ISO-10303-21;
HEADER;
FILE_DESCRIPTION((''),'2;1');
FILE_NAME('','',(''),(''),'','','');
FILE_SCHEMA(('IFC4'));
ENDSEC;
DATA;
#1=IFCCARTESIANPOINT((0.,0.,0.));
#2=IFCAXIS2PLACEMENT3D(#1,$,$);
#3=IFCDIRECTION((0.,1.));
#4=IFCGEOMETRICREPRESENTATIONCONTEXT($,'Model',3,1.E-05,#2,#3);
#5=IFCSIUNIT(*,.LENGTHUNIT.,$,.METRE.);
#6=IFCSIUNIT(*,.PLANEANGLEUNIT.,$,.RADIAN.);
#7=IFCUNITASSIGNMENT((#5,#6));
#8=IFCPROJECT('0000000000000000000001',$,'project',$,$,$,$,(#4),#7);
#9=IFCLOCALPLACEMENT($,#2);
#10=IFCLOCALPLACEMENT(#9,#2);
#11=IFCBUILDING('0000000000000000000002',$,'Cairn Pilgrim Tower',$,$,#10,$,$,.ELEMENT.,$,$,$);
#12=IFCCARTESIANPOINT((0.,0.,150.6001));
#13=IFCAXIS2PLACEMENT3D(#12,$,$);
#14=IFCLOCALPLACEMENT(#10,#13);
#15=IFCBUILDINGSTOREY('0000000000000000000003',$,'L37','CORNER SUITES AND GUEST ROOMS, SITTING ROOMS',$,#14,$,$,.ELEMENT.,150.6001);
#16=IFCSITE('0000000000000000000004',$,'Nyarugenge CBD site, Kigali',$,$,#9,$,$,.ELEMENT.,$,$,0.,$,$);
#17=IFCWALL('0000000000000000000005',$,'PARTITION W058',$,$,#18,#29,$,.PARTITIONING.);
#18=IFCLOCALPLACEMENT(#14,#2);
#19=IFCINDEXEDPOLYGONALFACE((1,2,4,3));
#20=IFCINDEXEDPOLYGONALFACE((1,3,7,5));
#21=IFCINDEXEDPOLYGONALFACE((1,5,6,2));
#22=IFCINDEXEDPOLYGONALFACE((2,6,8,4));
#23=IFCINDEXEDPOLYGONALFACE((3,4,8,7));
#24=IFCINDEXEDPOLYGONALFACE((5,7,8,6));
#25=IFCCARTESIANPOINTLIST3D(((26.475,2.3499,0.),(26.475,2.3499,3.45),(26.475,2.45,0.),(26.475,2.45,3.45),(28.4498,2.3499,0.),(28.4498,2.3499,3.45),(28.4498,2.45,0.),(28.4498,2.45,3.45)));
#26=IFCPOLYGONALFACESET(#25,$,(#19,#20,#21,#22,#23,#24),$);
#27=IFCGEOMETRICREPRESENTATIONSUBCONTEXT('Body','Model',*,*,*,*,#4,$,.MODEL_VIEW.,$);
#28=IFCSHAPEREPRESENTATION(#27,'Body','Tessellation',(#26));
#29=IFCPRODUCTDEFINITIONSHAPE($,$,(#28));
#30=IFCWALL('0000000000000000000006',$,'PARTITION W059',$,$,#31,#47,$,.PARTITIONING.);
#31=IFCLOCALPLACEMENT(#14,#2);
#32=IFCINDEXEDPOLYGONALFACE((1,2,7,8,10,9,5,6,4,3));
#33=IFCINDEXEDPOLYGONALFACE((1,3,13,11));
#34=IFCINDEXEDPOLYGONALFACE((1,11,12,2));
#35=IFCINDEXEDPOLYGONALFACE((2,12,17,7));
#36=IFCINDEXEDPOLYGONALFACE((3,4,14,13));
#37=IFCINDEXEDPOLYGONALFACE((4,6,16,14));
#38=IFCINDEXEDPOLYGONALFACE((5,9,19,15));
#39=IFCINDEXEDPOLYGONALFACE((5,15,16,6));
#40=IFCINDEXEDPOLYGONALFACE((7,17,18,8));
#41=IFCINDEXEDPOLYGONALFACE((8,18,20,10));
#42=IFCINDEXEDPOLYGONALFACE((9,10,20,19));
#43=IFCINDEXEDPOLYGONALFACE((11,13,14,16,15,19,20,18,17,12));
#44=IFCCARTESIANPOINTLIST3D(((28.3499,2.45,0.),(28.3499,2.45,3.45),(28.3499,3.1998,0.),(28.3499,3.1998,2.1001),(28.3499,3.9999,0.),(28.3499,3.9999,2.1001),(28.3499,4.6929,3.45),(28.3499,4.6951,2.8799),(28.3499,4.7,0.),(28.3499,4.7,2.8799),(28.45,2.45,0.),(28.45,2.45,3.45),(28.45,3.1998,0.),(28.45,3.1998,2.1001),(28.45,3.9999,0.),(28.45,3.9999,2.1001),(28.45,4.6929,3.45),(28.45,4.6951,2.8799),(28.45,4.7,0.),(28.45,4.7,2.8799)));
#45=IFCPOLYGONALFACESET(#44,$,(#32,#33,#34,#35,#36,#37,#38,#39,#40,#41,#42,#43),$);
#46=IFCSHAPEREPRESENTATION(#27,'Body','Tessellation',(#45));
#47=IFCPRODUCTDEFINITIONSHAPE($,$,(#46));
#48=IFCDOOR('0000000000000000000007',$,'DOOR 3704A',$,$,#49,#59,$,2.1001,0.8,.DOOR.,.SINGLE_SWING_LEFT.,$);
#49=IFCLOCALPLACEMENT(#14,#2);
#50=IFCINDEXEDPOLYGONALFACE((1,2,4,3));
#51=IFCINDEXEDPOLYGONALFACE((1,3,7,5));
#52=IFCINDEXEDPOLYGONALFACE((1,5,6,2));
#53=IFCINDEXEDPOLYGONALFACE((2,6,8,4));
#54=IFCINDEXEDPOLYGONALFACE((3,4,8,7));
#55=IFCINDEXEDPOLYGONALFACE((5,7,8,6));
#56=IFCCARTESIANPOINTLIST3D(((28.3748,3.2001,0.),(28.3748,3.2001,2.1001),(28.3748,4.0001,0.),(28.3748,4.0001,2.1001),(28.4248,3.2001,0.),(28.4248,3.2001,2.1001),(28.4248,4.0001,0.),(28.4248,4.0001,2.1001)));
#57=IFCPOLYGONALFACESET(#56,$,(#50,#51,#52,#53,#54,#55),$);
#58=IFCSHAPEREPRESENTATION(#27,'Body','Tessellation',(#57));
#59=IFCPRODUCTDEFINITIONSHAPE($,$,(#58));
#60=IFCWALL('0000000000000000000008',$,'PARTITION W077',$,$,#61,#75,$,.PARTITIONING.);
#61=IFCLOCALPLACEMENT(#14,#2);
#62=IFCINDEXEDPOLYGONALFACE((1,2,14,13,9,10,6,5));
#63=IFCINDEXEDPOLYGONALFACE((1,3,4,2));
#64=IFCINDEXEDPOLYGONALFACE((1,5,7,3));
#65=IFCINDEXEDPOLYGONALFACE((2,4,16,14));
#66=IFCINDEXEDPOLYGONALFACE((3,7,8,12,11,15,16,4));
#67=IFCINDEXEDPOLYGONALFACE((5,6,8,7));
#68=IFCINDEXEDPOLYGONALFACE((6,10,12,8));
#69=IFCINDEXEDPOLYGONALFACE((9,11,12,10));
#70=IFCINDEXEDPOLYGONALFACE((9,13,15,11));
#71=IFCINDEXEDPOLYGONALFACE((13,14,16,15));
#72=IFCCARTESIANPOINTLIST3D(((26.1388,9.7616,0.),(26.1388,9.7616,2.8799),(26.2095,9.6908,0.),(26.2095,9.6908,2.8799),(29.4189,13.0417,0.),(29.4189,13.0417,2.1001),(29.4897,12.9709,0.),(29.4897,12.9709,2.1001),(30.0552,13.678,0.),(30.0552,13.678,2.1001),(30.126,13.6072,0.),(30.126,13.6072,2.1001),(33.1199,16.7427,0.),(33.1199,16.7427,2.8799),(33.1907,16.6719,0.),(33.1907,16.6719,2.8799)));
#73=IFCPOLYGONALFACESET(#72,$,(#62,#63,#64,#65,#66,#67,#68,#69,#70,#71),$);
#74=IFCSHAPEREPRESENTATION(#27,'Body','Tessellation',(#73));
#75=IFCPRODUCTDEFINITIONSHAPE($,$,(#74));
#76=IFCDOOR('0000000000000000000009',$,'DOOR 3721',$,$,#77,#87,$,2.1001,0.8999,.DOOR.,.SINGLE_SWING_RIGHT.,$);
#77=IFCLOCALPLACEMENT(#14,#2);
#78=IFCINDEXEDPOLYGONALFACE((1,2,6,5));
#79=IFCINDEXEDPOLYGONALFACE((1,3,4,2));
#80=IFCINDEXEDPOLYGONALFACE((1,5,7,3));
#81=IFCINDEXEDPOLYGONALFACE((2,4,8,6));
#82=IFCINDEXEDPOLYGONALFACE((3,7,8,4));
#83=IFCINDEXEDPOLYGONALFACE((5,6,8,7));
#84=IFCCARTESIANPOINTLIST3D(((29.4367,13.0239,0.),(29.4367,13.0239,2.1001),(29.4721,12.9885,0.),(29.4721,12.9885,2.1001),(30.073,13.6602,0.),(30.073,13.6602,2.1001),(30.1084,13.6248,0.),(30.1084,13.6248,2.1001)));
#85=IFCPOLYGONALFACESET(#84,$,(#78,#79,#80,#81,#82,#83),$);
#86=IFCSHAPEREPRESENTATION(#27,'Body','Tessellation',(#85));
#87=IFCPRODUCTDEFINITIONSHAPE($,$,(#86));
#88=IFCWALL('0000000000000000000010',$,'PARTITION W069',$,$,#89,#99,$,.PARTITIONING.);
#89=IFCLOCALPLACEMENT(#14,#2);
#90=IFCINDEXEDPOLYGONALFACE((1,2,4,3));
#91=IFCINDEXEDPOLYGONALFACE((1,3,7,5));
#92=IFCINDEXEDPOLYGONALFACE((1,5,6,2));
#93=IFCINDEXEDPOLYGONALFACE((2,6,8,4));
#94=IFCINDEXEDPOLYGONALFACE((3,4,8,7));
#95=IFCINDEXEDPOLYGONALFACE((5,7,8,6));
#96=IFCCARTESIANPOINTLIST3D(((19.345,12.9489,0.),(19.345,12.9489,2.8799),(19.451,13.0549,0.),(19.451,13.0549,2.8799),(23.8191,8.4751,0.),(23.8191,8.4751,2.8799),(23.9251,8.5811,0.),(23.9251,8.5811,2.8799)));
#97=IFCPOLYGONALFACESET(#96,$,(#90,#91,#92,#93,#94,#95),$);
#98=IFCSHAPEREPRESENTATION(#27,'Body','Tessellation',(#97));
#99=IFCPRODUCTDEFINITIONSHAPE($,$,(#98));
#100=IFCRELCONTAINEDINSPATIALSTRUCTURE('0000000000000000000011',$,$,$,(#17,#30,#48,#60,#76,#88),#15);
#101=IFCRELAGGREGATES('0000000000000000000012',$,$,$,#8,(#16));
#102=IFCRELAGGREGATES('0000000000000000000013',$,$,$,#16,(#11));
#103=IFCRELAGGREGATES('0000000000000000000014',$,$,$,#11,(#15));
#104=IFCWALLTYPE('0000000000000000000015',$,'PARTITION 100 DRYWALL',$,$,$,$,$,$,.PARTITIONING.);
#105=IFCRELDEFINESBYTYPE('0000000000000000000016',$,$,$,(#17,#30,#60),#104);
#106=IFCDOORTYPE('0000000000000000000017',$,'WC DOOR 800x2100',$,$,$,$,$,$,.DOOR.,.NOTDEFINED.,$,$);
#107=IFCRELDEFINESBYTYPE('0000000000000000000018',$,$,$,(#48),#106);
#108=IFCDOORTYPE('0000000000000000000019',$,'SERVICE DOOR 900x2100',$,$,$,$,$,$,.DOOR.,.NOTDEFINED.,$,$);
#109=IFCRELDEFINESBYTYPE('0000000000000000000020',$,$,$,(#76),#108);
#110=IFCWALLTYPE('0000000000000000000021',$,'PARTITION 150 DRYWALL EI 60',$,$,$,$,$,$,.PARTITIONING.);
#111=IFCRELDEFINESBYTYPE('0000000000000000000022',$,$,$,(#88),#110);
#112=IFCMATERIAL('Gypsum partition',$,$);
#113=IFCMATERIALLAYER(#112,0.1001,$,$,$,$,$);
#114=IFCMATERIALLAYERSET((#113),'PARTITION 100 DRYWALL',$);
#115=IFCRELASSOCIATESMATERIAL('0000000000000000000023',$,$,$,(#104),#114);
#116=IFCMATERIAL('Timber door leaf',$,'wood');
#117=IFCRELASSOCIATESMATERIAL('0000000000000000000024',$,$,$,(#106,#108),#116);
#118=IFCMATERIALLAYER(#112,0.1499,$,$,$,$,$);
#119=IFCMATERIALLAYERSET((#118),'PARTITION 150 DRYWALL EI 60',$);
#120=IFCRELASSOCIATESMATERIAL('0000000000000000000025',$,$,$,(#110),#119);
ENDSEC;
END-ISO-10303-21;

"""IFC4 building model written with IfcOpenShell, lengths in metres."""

from ifc_helpers import new_model, si_unit, direction, frame, frame_2d, origin, place, context, subcontext, project, spatial, polyline, rectangle, outline, extrude, material, layer, layer_set, type_object, element, fill, save


model = new_model("IFC4")

# Units and contexts
model_context = context("Model", 3, precision=1e-05, world=origin(), true_north=direction((0.0, 1.0)))
body_context = subcontext(model_context, "Body", "Model", "MODEL_VIEW")
ifc_project = project(units=[si_unit("LENGTHUNIT", "METRE"), si_unit("PLANEANGLEUNIT", "RADIAN")], contexts=[model_context])

# Site, building, storey
site_placement = place(None, origin())
site = spatial("IfcSite", under=ifc_project, at=site_placement, Name="Nyarugenge CBD site, Kigali", CompositionType="ELEMENT", RefElevation=0.0)
building_placement = place(site_placement, origin())
building = spatial("IfcBuilding", under=site, at=building_placement, Name="Cairn Pilgrim Tower", CompositionType="ELEMENT")
storey_placement = place(building_placement, frame((0.0, 0.0, 150.6001)))
storey = spatial("IfcBuildingStorey", under=building, at=storey_placement, Name="L37", Description="CORNER SUITES AND GUEST ROOMS, SITTING ROOMS", CompositionType="ELEMENT", Elevation=150.6001)

# Wall
ifc_material_1 = material(Name="Gypsum partition")
ifc_layer_1 = layer(ifc_material_1, 0.1001)
ifc_layer_set_1 = layer_set([ifc_layer_1], Name="PARTITION 100 DRYWALL")
wall_type_1 = type_object("IfcWallType", Name="PARTITION 100 DRYWALL", PredefinedType="PARTITIONING", material=ifc_layer_set_1)
wall_1_placement = place(storey_placement, frame((26.4751, 2.3999, 0.0), z_axis=(0.0, 0.0, 1.0), x_axis=(1.0, 0.0, 0.0)))
element("IfcWall", 1, at=wall_1_placement, inside=storey, type_object=wall_type_1, Name="PARTITION W058", PredefinedType="PARTITIONING", context=body_context, shape_type="SweptSolid", body=[
    extrude(rectangle(XDim=1.9749, YDim=0.1001, at=frame_2d((0.9873, 0.0))), origin(), (0.0, 0.0, 1.0), 3.45),
])

# Walls, openings, doors
wall_2_placement = place(storey_placement, frame((28.3999, 2.45, 0.0), z_axis=(0.0, 0.0, 1.0), x_axis=(0.0, 1.0, 0.0)))
wall_2 = element("IfcWall", 2, at=wall_2_placement, inside=storey, type_object=wall_type_1, Name="PARTITION W059", PredefinedType="PARTITIONING", context=body_context, shape_type="SweptSolid", body=[
    extrude(outline(polyline([(0.0, 0.0), (2.25, 0.0), (2.25, 2.8799), (2.2451, 2.8799), (2.2429, 3.45), (0.0, 3.45), (0.0, 0.0)])), frame((0.0, 0.05, 0.0), z_axis=(0.0, -1.0, 0.0), x_axis=(1.0, 0.0, 0.0)), (0.0, 0.0, 1.0), 0.1001),
])
opening_1_placement = place(wall_2_placement, frame((0.75, 0.0, 0.0)))
opening_1 = element("IfcOpeningElement", 3, at=opening_1_placement, cuts=wall_2, PredefinedType="OPENING", context=body_context, shape_type="SweptSolid", body=[
    extrude(rectangle(XDim=0.8, YDim=2.1001, at=frame_2d((0.3999, 1.05))), frame((0.0, 0.0601, 0.0), z_axis=(0.0, -1.0, 0.0), x_axis=(1.0, 0.0, 0.0)), (0.0, 0.0, 1.0), 0.1201),
])
ifc_material_2 = material(Name="Timber door leaf", Category="wood")
door_type_1 = type_object("IfcDoorType", Name="WC DOOR 800x2100", OperationType="NOTDEFINED", PredefinedType="DOOR", material=ifc_material_2)
door_1_placement = place(opening_1_placement, frame((0.8, 0.0, 0.0), z_axis=(0.0, 0.0, 1.0), x_axis=(-1.0, 0.0, 0.0)))
door_1 = element("IfcDoor", 4, at=door_1_placement, inside=storey, type_object=door_type_1, Name="DOOR 3704A", OperationType="SINGLE_SWING_LEFT", OverallHeight=2.1001, OverallWidth=0.8, PredefinedType="DOOR", context=body_context, shape_type="SweptSolid", body=[
    extrude(rectangle(XDim=0.8, YDim=2.1001, at=frame_2d((0.3999, 1.05))), frame((0.0, 0.0249, 0.0), z_axis=(0.0, -1.0, 0.0), x_axis=(1.0, 0.0, 0.0)), (0.0, 0.0, 1.0), 0.05),
])
fill(opening_1, door_1)
wall_3_placement = place(storey_placement, frame((26.1741, 9.7261, 0.0), z_axis=(0.0, 0.0, 1.0), x_axis=(0.707107, 0.707107, 0.0)))
wall_3 = element("IfcWall", 5, at=wall_3_placement, inside=storey, type_object=wall_type_1, Name="PARTITION W077", PredefinedType="PARTITIONING", context=body_context, shape_type="SweptSolid", body=[
    extrude(rectangle(XDim=9.8728, YDim=0.1001, at=frame_2d((4.9365, 0.0))), origin(), (0.0, 0.0, 1.0), 2.8799),
])
opening_2_placement = place(wall_3_placement, frame((4.6389, 0.0, 0.0)))
opening_2 = element("IfcOpeningElement", 6, at=opening_2_placement, cuts=wall_3, PredefinedType="OPENING", context=body_context, shape_type="SweptSolid", body=[
    extrude(rectangle(XDim=0.8999, YDim=2.1001, at=frame_2d((0.45, 1.05))), frame((0.0, 0.0601, 0.0), z_axis=(0.0, -1.0, 0.0), x_axis=(1.0, 0.0, 0.0)), (0.0, 0.0, 1.0), 0.1201),
])
door_type_2 = type_object("IfcDoorType", Name="SERVICE DOOR 900x2100", OperationType="NOTDEFINED", PredefinedType="DOOR", material=ifc_material_2)
door_2_placement = place(opening_2_placement, origin())
door_2 = element("IfcDoor", 7, at=door_2_placement, inside=storey, type_object=door_type_2, Name="DOOR 3721", OperationType="SINGLE_SWING_RIGHT", OverallHeight=2.1001, OverallWidth=0.8999, PredefinedType="DOOR", context=body_context, shape_type="SweptSolid", body=[
    extrude(rectangle(XDim=0.8999, YDim=2.1001, at=frame_2d((0.45, 1.05))), frame((0.0, 0.0249, 0.0), z_axis=(0.0, -1.0, 0.0), x_axis=(1.0, 0.0, 0.0)), (0.0, 0.0, 1.0), 0.05),
])
fill(opening_2, door_2)

# Wall
ifc_layer_2 = layer(ifc_material_1, 0.1499)
ifc_layer_set_2 = layer_set([ifc_layer_2], Name="PARTITION 150 DRYWALL EI 60")
wall_type_2 = type_object("IfcWallType", Name="PARTITION 150 DRYWALL EI 60", PredefinedType="PARTITIONING", material=ifc_layer_set_2)
wall_4_placement = place(storey_placement, frame((23.8721, 8.5281, 0.0), z_axis=(0.0, 0.0, 1.0), x_axis=(-0.707126, 0.707087, 0.0)))
element("IfcWall", 8, at=wall_4_placement, inside=storey, type_object=wall_type_2, Name="PARTITION W069", PredefinedType="PARTITIONING", context=body_context, shape_type="SweptSolid", body=[
    extrude(rectangle(XDim=6.3271, YDim=0.1499, at=frame_2d((3.1636, 0.0))), origin(), (0.0, 0.0, 1.0), 2.8799),
])

save(model, "model.ifc")
